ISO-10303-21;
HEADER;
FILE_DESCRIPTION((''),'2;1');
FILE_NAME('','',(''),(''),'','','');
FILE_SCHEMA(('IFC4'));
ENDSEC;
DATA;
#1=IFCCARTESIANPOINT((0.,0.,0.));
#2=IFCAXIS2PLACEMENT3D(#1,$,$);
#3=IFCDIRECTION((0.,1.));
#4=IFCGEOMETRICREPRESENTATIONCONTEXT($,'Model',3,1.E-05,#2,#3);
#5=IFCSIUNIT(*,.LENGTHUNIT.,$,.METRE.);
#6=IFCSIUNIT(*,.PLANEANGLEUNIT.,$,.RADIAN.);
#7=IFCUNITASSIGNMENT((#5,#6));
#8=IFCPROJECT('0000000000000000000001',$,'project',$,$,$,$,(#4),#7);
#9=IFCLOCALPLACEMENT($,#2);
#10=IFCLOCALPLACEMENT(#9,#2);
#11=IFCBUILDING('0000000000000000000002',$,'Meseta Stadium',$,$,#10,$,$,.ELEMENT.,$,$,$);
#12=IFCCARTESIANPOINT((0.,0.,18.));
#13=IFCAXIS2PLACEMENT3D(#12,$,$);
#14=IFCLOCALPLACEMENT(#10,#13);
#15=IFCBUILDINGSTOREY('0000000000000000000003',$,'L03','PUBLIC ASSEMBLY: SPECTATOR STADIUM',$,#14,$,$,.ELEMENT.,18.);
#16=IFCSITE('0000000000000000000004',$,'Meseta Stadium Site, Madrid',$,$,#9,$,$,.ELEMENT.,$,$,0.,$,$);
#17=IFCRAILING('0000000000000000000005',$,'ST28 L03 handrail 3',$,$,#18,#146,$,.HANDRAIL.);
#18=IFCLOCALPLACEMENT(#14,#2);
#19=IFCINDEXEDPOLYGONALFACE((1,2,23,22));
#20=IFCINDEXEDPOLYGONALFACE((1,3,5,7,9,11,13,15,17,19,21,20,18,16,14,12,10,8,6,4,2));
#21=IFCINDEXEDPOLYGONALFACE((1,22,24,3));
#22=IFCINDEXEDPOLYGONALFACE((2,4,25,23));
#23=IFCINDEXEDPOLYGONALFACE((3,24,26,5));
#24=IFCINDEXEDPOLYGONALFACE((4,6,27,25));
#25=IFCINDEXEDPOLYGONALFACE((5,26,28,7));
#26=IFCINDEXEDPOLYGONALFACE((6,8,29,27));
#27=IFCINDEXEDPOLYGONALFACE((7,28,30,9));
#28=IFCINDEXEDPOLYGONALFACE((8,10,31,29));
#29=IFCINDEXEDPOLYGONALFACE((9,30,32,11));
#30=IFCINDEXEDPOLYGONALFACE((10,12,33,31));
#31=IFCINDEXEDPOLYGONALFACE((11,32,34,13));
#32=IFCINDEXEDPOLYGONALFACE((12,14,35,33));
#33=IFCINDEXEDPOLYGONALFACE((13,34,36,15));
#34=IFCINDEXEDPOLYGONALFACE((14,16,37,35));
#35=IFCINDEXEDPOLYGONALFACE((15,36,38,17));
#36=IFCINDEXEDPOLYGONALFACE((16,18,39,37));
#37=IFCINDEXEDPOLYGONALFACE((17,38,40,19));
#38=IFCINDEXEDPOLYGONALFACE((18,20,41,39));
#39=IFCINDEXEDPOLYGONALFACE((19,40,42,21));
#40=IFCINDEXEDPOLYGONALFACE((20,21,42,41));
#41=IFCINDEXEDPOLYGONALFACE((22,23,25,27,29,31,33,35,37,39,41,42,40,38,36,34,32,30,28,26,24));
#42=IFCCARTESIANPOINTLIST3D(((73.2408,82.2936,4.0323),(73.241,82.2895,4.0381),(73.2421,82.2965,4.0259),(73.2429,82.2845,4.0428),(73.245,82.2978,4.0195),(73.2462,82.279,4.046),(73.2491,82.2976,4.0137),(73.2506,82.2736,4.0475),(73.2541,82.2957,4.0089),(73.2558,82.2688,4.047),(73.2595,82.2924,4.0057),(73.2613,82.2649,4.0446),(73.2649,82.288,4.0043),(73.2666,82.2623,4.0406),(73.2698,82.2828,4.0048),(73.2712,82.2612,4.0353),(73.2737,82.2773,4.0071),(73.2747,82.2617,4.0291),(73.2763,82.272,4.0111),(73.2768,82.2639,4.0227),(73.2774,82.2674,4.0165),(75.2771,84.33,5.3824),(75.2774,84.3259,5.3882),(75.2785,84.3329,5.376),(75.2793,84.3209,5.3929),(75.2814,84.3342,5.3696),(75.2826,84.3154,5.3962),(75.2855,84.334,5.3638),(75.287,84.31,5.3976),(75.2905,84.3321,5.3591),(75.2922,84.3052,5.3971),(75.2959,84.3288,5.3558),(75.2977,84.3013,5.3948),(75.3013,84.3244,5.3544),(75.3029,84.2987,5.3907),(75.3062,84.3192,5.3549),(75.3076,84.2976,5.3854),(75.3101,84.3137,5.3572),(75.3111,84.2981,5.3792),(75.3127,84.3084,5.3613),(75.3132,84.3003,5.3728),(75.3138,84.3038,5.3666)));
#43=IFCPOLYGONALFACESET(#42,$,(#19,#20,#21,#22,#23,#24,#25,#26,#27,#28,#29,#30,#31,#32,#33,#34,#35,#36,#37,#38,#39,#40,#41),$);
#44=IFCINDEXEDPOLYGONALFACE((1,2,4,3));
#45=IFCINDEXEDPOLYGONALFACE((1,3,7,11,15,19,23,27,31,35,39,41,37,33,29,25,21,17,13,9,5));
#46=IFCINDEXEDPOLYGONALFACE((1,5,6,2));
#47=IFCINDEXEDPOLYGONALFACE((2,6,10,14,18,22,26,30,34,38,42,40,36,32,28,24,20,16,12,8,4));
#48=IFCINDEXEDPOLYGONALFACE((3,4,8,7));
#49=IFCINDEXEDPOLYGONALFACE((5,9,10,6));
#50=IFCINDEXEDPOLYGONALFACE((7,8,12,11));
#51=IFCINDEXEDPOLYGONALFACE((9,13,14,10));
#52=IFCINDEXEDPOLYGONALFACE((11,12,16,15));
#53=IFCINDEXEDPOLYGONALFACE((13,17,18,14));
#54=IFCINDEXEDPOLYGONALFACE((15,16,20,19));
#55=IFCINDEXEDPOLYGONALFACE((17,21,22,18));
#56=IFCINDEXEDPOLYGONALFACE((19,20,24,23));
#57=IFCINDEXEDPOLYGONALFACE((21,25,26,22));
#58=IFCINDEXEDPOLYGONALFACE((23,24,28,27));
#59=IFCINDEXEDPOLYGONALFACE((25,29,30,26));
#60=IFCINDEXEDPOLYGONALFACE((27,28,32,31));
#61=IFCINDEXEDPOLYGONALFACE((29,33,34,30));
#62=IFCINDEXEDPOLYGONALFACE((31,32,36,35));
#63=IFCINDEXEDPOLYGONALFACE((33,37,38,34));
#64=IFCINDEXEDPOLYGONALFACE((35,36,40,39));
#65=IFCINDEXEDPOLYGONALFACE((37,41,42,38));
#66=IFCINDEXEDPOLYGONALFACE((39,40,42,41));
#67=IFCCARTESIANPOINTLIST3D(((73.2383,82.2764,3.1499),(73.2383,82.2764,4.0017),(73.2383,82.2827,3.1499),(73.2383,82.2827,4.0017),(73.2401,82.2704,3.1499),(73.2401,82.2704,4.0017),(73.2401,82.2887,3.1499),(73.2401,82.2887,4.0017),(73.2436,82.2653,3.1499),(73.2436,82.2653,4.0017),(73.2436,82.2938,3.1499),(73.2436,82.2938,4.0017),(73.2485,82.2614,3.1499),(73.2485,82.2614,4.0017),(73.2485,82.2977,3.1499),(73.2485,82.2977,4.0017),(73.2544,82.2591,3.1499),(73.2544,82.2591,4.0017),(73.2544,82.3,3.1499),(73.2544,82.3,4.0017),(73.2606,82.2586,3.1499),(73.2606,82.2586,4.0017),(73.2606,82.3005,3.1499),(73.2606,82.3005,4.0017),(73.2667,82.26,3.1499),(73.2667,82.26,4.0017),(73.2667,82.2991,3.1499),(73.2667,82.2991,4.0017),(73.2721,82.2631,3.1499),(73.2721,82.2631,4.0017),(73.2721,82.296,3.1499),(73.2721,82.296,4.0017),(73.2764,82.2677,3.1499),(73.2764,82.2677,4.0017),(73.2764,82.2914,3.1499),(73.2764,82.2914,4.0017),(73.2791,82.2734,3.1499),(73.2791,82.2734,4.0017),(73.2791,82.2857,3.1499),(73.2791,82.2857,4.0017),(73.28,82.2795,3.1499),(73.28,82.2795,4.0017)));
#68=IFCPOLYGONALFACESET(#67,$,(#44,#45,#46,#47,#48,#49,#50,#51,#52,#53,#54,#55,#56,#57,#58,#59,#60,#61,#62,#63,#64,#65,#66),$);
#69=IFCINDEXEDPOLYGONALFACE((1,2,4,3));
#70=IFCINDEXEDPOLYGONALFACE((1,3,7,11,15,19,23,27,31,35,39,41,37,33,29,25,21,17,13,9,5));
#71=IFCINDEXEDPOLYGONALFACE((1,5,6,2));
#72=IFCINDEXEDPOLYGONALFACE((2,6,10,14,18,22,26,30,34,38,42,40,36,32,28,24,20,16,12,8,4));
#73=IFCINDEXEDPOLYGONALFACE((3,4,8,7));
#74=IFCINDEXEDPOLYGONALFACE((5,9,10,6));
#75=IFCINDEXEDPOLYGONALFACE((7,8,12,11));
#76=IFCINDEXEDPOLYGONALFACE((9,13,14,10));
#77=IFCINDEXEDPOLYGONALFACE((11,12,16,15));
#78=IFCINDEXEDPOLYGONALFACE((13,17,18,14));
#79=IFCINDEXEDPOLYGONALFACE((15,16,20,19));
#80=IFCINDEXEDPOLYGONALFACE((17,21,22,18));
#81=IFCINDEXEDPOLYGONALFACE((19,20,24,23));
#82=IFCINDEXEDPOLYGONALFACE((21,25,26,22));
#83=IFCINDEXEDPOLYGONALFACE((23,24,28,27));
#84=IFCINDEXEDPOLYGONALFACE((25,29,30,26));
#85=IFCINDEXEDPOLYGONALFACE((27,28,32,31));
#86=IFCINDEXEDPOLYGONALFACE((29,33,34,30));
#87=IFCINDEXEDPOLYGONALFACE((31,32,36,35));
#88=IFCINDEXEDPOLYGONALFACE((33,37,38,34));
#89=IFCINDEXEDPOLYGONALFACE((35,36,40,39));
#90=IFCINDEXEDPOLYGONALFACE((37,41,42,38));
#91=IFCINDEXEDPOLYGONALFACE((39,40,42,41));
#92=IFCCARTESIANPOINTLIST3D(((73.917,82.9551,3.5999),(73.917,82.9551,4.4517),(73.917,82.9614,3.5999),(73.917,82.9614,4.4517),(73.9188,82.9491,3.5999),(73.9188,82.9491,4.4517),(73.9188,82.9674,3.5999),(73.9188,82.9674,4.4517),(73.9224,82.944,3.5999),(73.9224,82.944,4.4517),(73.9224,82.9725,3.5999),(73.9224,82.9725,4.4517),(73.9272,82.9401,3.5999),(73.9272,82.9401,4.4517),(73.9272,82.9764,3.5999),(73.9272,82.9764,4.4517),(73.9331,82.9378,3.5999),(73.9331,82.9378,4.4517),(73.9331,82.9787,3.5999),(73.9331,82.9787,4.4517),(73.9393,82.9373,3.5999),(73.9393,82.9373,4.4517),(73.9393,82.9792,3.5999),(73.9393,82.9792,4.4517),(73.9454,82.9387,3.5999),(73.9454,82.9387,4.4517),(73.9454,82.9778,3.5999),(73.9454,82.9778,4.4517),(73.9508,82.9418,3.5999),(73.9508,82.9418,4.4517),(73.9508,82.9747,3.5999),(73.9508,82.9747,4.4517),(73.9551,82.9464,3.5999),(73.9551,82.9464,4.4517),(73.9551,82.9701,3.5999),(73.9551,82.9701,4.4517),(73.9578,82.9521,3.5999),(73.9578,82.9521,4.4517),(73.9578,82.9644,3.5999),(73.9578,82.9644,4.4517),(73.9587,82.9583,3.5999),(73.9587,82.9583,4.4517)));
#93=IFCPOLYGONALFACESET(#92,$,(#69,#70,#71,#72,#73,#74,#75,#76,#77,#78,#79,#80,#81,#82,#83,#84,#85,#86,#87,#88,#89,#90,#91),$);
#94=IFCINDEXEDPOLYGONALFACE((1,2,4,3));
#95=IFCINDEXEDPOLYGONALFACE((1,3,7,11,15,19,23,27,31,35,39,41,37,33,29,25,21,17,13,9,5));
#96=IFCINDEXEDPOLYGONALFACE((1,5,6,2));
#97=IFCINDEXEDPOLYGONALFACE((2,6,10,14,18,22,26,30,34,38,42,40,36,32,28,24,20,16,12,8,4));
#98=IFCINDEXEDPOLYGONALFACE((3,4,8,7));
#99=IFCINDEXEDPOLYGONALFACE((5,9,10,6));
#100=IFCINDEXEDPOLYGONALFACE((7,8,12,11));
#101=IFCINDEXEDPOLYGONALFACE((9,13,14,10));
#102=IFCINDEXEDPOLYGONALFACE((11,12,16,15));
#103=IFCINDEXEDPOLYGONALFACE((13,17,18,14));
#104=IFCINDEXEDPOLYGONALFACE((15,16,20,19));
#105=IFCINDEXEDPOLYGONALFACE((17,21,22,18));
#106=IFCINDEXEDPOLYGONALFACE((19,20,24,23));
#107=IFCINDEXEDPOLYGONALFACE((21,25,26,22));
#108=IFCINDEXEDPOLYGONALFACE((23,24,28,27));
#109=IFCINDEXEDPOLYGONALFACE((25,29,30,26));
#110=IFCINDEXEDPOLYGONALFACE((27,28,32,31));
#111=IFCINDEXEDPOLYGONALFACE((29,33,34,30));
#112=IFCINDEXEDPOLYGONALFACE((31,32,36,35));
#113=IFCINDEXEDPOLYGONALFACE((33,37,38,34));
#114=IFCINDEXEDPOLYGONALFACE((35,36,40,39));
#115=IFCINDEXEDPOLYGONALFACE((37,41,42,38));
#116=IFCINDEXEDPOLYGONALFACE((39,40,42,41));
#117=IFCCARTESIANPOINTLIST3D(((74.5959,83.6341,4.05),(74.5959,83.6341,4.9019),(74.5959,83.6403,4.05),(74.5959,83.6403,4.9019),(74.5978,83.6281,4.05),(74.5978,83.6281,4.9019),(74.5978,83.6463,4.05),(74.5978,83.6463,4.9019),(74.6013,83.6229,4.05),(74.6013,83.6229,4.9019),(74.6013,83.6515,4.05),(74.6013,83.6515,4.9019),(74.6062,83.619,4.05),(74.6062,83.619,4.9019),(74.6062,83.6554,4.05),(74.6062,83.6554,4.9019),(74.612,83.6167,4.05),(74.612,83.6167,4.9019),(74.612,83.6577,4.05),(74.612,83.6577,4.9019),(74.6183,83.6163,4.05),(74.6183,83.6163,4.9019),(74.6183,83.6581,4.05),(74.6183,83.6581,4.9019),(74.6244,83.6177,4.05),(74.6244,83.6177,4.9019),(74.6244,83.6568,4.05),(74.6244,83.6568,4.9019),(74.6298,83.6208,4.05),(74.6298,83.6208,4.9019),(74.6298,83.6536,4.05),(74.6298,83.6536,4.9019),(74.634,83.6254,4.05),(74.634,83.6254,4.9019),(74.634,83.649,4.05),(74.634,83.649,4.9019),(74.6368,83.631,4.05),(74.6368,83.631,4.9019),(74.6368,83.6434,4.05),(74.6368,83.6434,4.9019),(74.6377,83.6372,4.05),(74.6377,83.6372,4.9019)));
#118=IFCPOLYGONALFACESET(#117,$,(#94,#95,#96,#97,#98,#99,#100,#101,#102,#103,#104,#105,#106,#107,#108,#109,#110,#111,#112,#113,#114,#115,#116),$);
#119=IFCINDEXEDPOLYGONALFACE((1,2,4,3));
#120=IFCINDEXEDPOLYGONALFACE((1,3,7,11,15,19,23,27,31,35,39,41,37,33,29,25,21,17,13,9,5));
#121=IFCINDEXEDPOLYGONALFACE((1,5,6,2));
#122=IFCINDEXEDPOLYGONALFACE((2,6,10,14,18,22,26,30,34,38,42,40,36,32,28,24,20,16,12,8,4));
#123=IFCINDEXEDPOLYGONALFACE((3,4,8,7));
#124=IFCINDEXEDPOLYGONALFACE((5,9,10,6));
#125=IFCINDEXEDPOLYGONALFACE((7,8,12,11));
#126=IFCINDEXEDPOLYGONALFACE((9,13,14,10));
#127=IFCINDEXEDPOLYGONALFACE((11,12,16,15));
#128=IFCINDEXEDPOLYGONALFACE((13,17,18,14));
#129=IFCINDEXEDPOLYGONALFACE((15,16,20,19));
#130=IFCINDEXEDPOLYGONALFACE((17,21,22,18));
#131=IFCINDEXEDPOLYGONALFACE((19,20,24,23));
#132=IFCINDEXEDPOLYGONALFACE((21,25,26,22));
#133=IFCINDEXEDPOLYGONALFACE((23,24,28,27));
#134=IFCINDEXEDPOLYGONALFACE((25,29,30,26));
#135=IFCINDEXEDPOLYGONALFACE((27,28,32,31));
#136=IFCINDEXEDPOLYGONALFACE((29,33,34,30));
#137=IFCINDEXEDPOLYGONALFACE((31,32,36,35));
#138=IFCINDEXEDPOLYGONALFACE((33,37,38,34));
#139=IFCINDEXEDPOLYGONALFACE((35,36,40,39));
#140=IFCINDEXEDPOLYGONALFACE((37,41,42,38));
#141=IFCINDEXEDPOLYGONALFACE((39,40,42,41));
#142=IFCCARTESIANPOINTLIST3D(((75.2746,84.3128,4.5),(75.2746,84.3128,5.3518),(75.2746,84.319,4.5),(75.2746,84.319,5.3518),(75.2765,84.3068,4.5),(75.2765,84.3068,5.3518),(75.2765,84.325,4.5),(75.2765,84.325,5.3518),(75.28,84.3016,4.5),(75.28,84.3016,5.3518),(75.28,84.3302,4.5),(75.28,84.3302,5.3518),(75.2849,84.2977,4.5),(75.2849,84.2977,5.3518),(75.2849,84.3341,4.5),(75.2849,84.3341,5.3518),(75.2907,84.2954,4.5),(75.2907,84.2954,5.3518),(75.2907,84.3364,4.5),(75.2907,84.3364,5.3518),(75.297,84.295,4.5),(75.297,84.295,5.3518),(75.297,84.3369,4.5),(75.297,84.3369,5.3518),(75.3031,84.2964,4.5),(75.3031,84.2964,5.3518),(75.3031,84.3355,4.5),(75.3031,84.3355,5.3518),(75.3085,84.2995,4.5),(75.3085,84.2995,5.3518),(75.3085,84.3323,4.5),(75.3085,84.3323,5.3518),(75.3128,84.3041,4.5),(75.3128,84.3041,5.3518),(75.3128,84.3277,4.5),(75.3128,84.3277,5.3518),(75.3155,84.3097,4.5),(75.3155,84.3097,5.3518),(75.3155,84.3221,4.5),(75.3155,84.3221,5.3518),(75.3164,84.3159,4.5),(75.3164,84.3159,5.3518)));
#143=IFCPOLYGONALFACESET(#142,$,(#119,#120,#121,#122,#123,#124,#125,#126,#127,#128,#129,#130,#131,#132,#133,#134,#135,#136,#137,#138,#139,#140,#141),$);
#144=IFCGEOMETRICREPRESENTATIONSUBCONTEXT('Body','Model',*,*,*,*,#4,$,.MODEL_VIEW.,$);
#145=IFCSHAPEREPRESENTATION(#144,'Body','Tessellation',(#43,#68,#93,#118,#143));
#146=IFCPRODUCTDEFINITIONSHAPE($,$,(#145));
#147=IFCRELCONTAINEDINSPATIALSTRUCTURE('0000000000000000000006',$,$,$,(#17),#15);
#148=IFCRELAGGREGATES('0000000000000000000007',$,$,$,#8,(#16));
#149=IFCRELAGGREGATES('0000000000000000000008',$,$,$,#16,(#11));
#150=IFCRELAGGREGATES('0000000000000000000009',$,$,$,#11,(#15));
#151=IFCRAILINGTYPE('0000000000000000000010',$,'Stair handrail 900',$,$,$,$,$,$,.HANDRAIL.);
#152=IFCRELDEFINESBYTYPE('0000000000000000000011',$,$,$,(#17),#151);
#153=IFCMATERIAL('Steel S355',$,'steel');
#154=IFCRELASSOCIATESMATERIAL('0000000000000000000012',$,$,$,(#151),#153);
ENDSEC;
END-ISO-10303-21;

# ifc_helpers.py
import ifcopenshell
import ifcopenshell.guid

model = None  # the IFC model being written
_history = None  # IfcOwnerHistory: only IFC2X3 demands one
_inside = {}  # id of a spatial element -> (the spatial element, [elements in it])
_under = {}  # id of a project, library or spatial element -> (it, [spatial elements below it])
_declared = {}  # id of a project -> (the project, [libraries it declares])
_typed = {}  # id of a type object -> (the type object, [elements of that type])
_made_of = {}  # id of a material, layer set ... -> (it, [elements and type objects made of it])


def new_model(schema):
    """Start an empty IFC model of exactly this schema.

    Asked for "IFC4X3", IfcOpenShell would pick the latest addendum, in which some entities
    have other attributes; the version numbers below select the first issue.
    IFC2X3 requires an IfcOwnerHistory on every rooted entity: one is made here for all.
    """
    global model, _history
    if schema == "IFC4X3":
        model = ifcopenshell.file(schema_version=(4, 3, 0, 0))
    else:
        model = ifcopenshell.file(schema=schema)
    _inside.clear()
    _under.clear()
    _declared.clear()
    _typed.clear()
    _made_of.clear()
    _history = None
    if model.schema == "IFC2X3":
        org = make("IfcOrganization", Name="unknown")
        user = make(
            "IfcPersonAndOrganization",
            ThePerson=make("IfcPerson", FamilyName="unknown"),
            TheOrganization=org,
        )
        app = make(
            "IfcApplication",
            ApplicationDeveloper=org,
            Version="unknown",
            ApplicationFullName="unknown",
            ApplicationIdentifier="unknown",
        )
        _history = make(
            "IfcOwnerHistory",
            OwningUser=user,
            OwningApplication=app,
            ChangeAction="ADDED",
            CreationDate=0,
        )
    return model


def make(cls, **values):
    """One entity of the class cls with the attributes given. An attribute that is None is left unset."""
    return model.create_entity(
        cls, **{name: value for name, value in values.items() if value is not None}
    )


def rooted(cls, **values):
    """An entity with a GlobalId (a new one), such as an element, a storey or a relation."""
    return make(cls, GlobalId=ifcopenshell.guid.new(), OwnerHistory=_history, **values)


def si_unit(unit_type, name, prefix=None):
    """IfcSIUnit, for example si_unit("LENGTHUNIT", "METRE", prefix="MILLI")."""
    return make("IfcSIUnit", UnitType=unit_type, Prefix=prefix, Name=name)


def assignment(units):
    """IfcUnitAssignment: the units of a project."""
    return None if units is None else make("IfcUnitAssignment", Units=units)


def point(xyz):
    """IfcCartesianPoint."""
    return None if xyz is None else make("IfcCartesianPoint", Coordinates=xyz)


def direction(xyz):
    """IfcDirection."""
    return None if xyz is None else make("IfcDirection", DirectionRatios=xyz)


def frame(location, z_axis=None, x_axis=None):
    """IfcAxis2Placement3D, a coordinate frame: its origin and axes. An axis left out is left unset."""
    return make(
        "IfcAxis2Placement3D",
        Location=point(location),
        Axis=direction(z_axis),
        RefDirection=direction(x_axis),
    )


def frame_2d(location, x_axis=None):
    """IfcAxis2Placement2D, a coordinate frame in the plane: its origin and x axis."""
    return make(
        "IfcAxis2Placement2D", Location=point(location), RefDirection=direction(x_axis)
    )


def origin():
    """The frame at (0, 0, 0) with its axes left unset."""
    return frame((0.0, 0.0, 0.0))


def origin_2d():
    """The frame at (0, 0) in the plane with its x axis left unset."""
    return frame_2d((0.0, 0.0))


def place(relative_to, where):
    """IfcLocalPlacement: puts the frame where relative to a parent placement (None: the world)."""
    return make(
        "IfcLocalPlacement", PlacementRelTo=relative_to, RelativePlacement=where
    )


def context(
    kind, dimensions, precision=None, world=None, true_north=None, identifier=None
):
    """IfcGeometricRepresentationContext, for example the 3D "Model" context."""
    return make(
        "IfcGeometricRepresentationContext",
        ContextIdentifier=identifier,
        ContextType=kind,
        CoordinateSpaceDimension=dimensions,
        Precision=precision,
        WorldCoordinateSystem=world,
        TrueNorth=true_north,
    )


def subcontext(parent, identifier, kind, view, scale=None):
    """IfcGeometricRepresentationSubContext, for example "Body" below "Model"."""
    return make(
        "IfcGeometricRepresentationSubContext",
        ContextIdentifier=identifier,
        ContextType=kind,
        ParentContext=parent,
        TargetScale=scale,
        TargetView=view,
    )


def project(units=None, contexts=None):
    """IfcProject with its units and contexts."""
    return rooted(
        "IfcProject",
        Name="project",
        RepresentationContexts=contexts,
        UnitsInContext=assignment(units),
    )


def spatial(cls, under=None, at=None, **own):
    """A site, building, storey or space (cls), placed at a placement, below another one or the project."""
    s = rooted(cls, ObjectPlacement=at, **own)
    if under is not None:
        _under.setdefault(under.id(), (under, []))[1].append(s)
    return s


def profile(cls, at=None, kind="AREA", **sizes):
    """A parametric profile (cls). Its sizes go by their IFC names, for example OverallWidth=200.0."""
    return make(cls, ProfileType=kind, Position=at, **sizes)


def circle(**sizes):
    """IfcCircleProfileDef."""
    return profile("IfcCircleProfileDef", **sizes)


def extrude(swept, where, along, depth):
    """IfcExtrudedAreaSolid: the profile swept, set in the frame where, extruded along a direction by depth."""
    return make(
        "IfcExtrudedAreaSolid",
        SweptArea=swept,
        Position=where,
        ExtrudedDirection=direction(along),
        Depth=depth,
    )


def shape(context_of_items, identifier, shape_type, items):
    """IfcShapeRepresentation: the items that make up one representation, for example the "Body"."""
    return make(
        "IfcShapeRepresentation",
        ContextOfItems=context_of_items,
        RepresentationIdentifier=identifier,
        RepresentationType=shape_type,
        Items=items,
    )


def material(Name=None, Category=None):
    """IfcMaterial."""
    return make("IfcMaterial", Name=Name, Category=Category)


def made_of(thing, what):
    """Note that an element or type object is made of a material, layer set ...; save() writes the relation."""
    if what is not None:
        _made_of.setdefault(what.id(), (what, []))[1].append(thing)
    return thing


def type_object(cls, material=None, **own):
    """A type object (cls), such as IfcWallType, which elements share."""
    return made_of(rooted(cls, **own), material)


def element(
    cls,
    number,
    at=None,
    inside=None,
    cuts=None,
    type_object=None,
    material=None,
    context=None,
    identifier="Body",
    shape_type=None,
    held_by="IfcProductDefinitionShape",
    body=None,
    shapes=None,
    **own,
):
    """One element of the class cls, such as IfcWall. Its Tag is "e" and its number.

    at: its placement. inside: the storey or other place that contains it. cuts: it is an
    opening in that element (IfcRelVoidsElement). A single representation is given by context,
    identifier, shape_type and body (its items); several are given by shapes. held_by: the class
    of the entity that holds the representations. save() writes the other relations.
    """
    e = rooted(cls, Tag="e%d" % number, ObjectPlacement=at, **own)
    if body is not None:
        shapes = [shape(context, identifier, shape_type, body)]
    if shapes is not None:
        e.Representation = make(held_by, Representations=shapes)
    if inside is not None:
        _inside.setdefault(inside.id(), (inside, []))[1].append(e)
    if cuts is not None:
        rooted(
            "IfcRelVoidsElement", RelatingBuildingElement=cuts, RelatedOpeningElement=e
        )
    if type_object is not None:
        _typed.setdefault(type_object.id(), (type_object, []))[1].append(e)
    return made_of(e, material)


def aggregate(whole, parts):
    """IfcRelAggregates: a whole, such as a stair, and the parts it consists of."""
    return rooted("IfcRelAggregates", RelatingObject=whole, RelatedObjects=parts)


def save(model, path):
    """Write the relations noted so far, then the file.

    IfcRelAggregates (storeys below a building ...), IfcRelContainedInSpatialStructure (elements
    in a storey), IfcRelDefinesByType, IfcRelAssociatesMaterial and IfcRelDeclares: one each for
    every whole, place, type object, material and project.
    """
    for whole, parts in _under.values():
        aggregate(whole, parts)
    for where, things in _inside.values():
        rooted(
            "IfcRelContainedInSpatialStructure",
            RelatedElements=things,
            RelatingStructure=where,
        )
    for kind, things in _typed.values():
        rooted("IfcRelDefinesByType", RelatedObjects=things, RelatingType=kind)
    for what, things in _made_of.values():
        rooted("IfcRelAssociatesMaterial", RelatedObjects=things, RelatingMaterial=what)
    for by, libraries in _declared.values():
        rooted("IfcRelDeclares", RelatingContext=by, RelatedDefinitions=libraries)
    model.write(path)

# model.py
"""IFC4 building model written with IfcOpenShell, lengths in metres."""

from ifc_helpers import new_model, si_unit, direction, frame, origin, origin_2d, place, context, subcontext, project, spatial, circle, extrude, material, type_object, element, save


model = new_model("IFC4")

# Units and contexts
model_context = context("Model", 3, precision=1e-05, world=origin(), true_north=direction((0.0, 1.0)))
body_context = subcontext(model_context, "Body", "Model", "MODEL_VIEW")
ifc_project = project(units=[si_unit("LENGTHUNIT", "METRE"), si_unit("PLANEANGLEUNIT", "RADIAN")], contexts=[model_context])

# Site, building, storey
site_placement = place(None, origin())
site = spatial("IfcSite", under=ifc_project, at=site_placement, Name="Meseta Stadium Site, Madrid", CompositionType="ELEMENT", RefElevation=0.0)
building_placement = place(site_placement, origin())
building = spatial("IfcBuilding", under=site, at=building_placement, Name="Meseta Stadium", CompositionType="ELEMENT")
storey_placement = place(building_placement, frame((0.0, 0.0, 18.0)))
storey = spatial("IfcBuildingStorey", under=building, at=storey_placement, Name="L03", Description="PUBLIC ASSEMBLY: SPECTATOR STADIUM", CompositionType="ELEMENT", Elevation=18.0)

# Railing
ifc_material_1 = material(Name="Steel S355", Category="steel")
railing_type_1 = type_object("IfcRailingType", Name="Stair handrail 900", PredefinedType="HANDRAIL", material=ifc_material_1)
railing_1_placement = place(storey_placement, frame((73.259, 82.2795, 3.1499)))
element("IfcRailing", 1, at=railing_1_placement, inside=storey, type_object=railing_type_1, Name="ST28 L03 handrail 3", PredefinedType="HANDRAIL", context=body_context, shape_type="SweptSolid", body=[
    extrude(circle(Radius=0.0239, at=origin_2d()), frame((0.0, 0.0, 0.876), z_axis=(0.640243, 0.640243, 0.424475), x_axis=(-0.707107, 0.707107, 0.0)), (0.0, 0.0, 1.0), 3.1807),
    extrude(circle(Radius=0.021, at=origin_2d()), origin(), (0.0, 0.0, 1.0), 0.8518),
    extrude(circle(Radius=0.021, at=origin_2d()), frame((0.6787, 0.6787, 0.45)), (0.0, 0.0, 1.0), 0.8518),
    extrude(circle(Radius=0.021, at=origin_2d()), frame((1.3577, 1.3577, 0.9001)), (0.0, 0.0, 1.0), 0.8518),
    extrude(circle(Radius=0.021, at=origin_2d()), frame((2.0364, 2.0364, 1.3501)), (0.0, 0.0, 1.0), 0.8518),
])

save(model, "model.ifc")
